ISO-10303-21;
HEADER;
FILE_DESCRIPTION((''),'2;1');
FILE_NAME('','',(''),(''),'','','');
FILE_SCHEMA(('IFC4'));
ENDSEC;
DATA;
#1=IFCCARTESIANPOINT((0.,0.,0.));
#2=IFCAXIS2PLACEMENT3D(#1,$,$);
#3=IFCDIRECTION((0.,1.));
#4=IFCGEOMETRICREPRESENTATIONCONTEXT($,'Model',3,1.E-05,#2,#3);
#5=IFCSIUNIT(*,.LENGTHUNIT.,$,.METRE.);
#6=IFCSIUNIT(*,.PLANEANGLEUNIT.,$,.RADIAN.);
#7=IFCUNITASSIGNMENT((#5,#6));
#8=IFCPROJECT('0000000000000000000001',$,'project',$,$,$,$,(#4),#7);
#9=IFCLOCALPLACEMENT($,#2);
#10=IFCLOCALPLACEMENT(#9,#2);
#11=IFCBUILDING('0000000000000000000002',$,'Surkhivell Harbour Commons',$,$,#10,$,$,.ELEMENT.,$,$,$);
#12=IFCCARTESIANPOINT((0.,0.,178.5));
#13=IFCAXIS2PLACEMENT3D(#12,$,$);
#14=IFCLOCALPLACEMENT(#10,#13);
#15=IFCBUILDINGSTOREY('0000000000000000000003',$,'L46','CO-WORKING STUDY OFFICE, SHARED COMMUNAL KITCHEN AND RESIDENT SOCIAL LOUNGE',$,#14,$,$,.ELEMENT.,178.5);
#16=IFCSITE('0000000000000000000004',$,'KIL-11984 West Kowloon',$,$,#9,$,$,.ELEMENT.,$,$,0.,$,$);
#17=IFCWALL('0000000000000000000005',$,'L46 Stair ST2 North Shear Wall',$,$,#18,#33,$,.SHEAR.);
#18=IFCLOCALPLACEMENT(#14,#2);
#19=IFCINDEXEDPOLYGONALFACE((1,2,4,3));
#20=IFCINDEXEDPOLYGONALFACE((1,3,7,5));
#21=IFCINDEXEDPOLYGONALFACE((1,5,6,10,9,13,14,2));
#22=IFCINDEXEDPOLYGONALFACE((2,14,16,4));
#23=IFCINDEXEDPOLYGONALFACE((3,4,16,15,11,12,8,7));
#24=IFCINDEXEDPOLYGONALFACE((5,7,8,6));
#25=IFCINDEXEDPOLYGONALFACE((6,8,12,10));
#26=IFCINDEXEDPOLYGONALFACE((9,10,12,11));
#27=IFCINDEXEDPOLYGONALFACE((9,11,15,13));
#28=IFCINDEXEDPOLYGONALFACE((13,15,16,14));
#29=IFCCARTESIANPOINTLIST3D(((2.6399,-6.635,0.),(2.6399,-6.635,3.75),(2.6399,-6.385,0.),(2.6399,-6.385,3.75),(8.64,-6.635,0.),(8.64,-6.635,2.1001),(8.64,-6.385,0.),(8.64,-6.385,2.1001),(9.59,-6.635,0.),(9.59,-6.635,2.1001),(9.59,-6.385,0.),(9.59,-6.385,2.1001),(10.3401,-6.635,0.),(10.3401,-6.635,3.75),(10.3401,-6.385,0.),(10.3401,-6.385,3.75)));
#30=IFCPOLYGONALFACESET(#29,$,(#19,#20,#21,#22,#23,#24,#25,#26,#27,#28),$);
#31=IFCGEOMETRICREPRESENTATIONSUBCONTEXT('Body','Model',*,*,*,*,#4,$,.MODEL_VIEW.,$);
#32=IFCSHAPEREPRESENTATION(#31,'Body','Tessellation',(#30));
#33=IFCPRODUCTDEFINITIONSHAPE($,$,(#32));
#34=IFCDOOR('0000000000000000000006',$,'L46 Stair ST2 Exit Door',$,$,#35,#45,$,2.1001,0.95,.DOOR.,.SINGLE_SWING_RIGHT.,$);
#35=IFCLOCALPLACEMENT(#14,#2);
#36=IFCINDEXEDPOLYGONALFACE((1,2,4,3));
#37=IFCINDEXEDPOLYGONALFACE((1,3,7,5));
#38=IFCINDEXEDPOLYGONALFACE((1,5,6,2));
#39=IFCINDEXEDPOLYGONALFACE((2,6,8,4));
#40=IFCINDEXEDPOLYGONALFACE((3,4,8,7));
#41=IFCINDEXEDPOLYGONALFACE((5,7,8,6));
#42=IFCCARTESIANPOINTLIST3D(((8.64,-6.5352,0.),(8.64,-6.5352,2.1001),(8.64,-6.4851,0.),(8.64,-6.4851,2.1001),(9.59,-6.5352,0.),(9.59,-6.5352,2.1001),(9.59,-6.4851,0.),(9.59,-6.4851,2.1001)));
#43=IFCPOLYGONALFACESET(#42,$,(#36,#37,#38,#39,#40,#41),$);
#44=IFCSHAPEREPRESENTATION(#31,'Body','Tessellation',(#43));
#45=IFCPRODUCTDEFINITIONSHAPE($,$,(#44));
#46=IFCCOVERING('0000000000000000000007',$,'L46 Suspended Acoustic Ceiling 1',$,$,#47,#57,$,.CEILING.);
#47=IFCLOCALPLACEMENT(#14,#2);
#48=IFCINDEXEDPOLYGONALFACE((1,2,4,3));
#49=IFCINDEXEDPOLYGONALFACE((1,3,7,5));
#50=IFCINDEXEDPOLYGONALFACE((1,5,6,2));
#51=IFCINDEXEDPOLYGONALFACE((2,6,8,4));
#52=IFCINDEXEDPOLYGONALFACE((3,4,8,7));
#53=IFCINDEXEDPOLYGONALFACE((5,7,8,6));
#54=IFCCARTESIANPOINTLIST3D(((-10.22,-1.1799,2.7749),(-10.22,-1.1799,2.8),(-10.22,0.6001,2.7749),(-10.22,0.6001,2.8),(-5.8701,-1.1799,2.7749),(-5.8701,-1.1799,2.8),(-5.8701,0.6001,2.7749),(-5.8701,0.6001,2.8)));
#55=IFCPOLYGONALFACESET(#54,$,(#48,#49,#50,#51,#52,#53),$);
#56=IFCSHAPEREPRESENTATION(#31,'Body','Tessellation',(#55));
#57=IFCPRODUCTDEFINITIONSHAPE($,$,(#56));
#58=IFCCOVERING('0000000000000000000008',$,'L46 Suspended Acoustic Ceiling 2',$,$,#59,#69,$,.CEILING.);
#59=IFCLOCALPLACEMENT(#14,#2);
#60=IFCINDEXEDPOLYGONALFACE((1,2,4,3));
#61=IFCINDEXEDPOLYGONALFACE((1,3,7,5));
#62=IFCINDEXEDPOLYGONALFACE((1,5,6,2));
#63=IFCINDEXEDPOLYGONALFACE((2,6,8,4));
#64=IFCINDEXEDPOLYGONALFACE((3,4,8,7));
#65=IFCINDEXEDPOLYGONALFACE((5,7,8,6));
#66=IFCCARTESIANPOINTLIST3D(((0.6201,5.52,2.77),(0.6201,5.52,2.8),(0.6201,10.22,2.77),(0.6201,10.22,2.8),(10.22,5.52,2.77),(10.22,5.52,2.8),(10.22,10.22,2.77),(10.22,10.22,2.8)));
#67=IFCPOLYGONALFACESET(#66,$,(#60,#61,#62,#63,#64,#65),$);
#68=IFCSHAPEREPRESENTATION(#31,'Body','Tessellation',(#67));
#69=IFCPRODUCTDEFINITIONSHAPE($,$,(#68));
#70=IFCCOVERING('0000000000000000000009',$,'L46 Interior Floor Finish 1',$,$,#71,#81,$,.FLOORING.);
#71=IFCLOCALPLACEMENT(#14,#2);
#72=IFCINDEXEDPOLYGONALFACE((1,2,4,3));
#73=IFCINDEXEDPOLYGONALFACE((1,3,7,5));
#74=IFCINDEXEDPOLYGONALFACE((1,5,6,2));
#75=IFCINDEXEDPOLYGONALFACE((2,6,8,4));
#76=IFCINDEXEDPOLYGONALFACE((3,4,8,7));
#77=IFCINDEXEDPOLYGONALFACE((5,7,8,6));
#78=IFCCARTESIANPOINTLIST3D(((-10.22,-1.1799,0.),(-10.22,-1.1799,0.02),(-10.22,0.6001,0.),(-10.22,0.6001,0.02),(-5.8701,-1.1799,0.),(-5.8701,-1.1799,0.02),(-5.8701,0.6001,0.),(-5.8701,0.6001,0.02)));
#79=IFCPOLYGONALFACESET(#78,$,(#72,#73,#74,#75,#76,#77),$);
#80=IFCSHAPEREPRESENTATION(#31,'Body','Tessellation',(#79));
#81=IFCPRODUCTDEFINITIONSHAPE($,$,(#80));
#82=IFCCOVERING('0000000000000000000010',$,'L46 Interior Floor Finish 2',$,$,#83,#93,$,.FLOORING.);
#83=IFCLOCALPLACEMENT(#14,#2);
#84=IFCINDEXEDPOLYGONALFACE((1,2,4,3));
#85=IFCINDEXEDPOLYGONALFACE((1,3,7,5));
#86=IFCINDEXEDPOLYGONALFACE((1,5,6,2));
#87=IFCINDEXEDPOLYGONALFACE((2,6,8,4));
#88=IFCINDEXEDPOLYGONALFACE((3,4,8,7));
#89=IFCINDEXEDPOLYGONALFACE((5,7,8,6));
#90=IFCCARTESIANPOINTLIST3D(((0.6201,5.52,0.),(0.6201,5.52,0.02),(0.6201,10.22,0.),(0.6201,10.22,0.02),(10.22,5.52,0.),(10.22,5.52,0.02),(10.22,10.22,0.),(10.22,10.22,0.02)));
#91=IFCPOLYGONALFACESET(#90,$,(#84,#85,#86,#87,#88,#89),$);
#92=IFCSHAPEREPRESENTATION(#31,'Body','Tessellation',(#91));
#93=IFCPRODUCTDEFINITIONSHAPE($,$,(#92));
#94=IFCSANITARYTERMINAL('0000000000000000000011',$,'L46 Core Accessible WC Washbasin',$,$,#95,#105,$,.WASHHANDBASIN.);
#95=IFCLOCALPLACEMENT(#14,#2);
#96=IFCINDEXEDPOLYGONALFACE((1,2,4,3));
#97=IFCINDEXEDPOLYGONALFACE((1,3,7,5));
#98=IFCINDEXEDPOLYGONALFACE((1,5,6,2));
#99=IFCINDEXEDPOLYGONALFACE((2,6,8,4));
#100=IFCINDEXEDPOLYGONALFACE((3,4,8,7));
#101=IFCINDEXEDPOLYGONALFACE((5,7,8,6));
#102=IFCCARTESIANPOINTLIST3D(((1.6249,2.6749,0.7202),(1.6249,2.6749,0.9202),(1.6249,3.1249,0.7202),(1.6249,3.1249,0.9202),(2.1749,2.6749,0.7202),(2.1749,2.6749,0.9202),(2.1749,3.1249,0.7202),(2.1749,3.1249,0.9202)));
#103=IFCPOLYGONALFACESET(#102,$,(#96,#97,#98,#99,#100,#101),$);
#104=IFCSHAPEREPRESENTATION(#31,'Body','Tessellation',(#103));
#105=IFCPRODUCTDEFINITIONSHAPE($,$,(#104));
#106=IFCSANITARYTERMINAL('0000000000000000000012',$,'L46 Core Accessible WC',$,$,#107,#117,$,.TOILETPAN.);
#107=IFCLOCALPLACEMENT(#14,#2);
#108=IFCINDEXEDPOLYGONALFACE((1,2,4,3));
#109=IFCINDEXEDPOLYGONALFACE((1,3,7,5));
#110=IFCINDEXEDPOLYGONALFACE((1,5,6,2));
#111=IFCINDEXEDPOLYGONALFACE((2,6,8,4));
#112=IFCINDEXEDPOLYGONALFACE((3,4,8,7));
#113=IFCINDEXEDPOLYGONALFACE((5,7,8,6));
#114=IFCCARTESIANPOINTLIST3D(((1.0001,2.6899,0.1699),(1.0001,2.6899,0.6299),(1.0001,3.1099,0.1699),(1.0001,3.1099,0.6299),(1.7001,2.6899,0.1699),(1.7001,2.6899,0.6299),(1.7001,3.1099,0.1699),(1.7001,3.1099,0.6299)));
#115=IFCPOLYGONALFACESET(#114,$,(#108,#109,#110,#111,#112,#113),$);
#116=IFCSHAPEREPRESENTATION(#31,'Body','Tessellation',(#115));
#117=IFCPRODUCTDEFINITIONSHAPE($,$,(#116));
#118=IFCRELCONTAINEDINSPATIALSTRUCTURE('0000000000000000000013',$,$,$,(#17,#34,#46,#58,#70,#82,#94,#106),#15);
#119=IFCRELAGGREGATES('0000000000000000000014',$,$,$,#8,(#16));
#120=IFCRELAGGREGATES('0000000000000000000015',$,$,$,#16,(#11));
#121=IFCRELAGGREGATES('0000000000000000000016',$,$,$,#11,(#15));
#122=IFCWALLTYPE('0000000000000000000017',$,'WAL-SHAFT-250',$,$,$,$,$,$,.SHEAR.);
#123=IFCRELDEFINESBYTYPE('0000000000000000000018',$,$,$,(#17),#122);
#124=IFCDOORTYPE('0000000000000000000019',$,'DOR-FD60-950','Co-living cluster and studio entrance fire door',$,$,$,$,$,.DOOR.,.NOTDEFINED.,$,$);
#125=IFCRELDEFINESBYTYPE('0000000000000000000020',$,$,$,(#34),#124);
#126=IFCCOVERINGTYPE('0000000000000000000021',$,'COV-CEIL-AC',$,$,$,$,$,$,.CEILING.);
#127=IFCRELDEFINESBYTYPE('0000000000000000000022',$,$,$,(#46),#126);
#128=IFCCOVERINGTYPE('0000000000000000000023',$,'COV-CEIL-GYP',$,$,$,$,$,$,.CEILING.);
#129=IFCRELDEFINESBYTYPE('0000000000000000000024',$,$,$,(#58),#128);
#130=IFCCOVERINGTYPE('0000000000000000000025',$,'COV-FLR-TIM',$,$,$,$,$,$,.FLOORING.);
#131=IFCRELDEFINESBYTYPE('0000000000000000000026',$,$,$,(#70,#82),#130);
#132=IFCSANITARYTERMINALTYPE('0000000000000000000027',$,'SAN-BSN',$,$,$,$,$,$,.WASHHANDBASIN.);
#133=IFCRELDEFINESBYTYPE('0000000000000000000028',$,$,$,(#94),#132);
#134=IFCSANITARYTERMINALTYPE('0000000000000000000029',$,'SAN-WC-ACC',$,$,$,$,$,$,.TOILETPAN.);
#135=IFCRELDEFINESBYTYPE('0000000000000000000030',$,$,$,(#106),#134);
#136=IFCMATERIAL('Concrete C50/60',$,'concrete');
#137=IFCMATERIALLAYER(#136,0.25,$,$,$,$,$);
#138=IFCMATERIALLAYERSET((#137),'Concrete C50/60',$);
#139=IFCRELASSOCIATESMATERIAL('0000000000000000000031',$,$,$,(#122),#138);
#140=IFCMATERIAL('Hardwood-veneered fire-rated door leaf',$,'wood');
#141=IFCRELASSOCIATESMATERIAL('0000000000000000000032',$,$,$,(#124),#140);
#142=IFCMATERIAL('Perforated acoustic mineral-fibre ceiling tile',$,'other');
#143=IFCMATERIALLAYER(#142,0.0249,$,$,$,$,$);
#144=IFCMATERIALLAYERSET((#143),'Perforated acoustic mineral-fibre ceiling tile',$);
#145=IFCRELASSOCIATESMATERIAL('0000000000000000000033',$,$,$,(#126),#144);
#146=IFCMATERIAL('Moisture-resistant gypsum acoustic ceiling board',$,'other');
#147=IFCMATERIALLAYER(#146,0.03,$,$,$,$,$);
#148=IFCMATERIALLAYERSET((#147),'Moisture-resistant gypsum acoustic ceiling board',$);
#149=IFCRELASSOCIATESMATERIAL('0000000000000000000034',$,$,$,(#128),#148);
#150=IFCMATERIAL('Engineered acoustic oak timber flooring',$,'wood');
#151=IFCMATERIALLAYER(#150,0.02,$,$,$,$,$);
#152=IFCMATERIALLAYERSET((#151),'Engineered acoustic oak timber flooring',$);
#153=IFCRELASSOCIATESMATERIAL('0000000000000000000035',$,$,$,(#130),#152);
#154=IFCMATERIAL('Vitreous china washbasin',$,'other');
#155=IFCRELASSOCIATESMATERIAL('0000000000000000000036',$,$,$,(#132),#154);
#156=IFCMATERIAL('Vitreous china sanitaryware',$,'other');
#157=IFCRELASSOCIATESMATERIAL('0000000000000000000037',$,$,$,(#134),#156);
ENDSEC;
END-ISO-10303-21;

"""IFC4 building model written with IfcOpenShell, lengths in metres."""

from ifc_helpers import new_model, si_unit, direction, frame, frame_2d, origin, origin_2d, place, context, subcontext, project, spatial, polyline, rectangle, outline, extrude, material, layer, layer_set, type_object, element, fill, save


model = new_model("IFC4")

# Units and contexts
model_context = context("Model", 3, precision=1e-05, world=origin(), true_north=direction((0.0, 1.0)))
body_context = subcontext(model_context, "Body", "Model", "MODEL_VIEW")
ifc_project = project(units=[si_unit("LENGTHUNIT", "METRE"), si_unit("PLANEANGLEUNIT", "RADIAN")], contexts=[model_context])

# Site, building, storey
site_placement = place(None, origin())
site = spatial("IfcSite", under=ifc_project, at=site_placement, Name="KIL-11984 West Kowloon", CompositionType="ELEMENT", RefElevation=0.0)
building_placement = place(site_placement, origin())
building = spatial("IfcBuilding", under=site, at=building_placement, Name="Surkhivell Harbour Commons", CompositionType="ELEMENT")
storey_placement = place(building_placement, frame((0.0, 0.0, 178.5)))
storey = spatial("IfcBuildingStorey", under=building, at=storey_placement, Name="L46", Description="CO-WORKING STUDY OFFICE, SHARED COMMUNAL KITCHEN AND RESIDENT SOCIAL LOUNGE", CompositionType="ELEMENT", Elevation=178.5)

# Shared definitions
ifc_material_1 = material(Name="Hardwood-veneered fire-rated door leaf", Category="wood")

# Shared definitions
ifc_material_2 = material(Name="Concrete C50/60", Category="concrete")
ifc_layer_1 = layer(ifc_material_2, 0.25)
ifc_layer_set_1 = layer_set([ifc_layer_1], Name="Concrete C50/60")
wall_type_1 = type_object("IfcWallType", Name="WAL-SHAFT-250", PredefinedType="SHEAR", material=ifc_layer_set_1)

# Wall, opening, door
wall_1_placement = place(storey_placement, frame((2.6399, -6.51, 0.0), z_axis=(0.0, 0.0, 1.0), x_axis=(1.0, 0.0, 0.0)))
wall_1 = element("IfcWall", 1, at=wall_1_placement, inside=storey, type_object=wall_type_1, Name="L46 Stair ST2 North Shear Wall", PredefinedType="SHEAR", context=body_context, shape_type="SweptSolid", body=[
    extrude(rectangle(XDim=7.7002, YDim=0.25, at=frame_2d((3.8501, 0.0))), origin(), (0.0, 0.0, 1.0), 3.75),
])
opening_1_placement = place(wall_1_placement, frame((6.0, 0.0, 0.0)))
opening_1 = element("IfcOpeningElement", 2, at=opening_1_placement, cuts=wall_1, PredefinedType="OPENING", context=body_context, shape_type="SweptSolid", body=[
    extrude(rectangle(XDim=0.95, YDim=2.1001, at=frame_2d((0.4751, 1.05))), frame((0.0, 0.135, 0.0), z_axis=(0.0, -1.0, 0.0), x_axis=(1.0, 0.0, 0.0)), (0.0, 0.0, 1.0), 0.27),
])
door_type_1 = type_object("IfcDoorType", Name="DOR-FD60-950", Description="Co-living cluster and studio entrance fire door", OperationType="NOTDEFINED", PredefinedType="DOOR", material=ifc_material_1)
door_1_placement = place(opening_1_placement, origin())
door_1 = element("IfcDoor", 3, at=door_1_placement, inside=storey, type_object=door_type_1, Name="L46 Stair ST2 Exit Door", OperationType="SINGLE_SWING_RIGHT", OverallHeight=2.1001, OverallWidth=0.95, PredefinedType="DOOR", context=body_context, shape_type="SweptSolid", body=[
    extrude(rectangle(XDim=0.95, YDim=2.1001, at=frame_2d((0.4751, 1.05))), frame((0.0, 0.0249, 0.0), z_axis=(0.0, -1.0, 0.0), x_axis=(1.0, 0.0, 0.0)), (0.0, 0.0, 1.0), 0.05),
])
fill(opening_1, door_1)

# Coverings
ifc_material_3 = material(Name="Perforated acoustic mineral-fibre ceiling tile", Category="other")
ifc_layer_2 = layer(ifc_material_3, 0.0249)
ifc_layer_set_2 = layer_set([ifc_layer_2], Name="Perforated acoustic mineral-fibre ceiling tile")
covering_type_1 = type_object("IfcCoveringType", Name="COV-CEIL-AC", PredefinedType="CEILING", material=ifc_layer_set_2)
covering_1_placement = place(storey_placement, frame((0.0, 0.0, 2.7749)))
element("IfcCovering", 4, at=covering_1_placement, inside=storey, type_object=covering_type_1, Name="L46 Suspended Acoustic Ceiling 1", PredefinedType="CEILING", context=body_context, shape_type="SweptSolid", body=[
    extrude(outline(polyline([(-10.22, -1.1799), (-5.8701, -1.1799), (-5.8701, 0.6001), (-10.22, 0.6001), (-10.22, -1.1799)])), origin(), (0.0, 0.0, 1.0), 0.0251),
])
ifc_material_4 = material(Name="Moisture-resistant gypsum acoustic ceiling board", Category="other")
ifc_layer_3 = layer(ifc_material_4, 0.03)
ifc_layer_set_3 = layer_set([ifc_layer_3], Name="Moisture-resistant gypsum acoustic ceiling board")
covering_type_2 = type_object("IfcCoveringType", Name="COV-CEIL-GYP", PredefinedType="CEILING", material=ifc_layer_set_3)
covering_2_placement = place(storey_placement, frame((0.0, 0.0, 2.77)))
element("IfcCovering", 5, at=covering_2_placement, inside=storey, type_object=covering_type_2, Name="L46 Suspended Acoustic Ceiling 2", PredefinedType="CEILING", context=body_context, shape_type="SweptSolid", body=[
    extrude(outline(polyline([(0.6201, 5.52), (10.22, 5.52), (10.22, 10.22), (0.6201, 10.22), (0.6201, 5.52)])), origin(), (0.0, 0.0, 1.0), 0.03),
])
ifc_material_5 = material(Name="Engineered acoustic oak timber flooring", Category="wood")
ifc_layer_4 = layer(ifc_material_5, 0.02)
ifc_layer_set_4 = layer_set([ifc_layer_4], Name="Engineered acoustic oak timber flooring")
covering_type_3 = type_object("IfcCoveringType", Name="COV-FLR-TIM", PredefinedType="FLOORING", material=ifc_layer_set_4)
covering_3_placement = place(storey_placement, origin())
element("IfcCovering", 6, at=covering_3_placement, inside=storey, type_object=covering_type_3, Name="L46 Interior Floor Finish 1", PredefinedType="FLOORING", context=body_context, shape_type="SweptSolid", body=[
    extrude(outline(polyline([(-10.22, -1.1799), (-5.8701, -1.1799), (-5.8701, 0.6001), (-10.22, 0.6001), (-10.22, -1.1799)])), origin(), (0.0, 0.0, 1.0), 0.02),
])
covering_4_placement = place(storey_placement, origin())
element("IfcCovering", 7, at=covering_4_placement, inside=storey, type_object=covering_type_3, Name="L46 Interior Floor Finish 2", PredefinedType="FLOORING", context=body_context, shape_type="SweptSolid", body=[
    extrude(outline(polyline([(0.6201, 5.52), (10.22, 5.52), (10.22, 10.22), (0.6201, 10.22), (0.6201, 5.52)])), origin(), (0.0, 0.0, 1.0), 0.02),
])

# Sanitary terminals
ifc_material_6 = material(Name="Vitreous china washbasin", Category="other")
sanitary_terminal_type_1 = type_object("IfcSanitaryTerminalType", Name="SAN-BSN", PredefinedType="WASHHANDBASIN", material=ifc_material_6)
sanitary_terminal_1_placement = place(storey_placement, frame((1.8999, 2.8999, 0.7202), z_axis=(0.0, 0.0, 1.0), x_axis=(1.0, 0.0, 0.0)))
element("IfcSanitaryTerminal", 8, at=sanitary_terminal_1_placement, inside=storey, type_object=sanitary_terminal_type_1, Name="L46 Core Accessible WC Washbasin", PredefinedType="WASHHANDBASIN", context=body_context, shape_type="SweptSolid", body=[
    extrude(rectangle(XDim=0.55, YDim=0.45, at=origin_2d()), origin(), (0.0, 0.0, 1.0), 0.2),
])
ifc_material_7 = material(Name="Vitreous china sanitaryware", Category="other")
sanitary_terminal_type_2 = type_object("IfcSanitaryTerminalType", Name="SAN-WC-ACC", PredefinedType="TOILETPAN", material=ifc_material_7)
sanitary_terminal_2_placement = place(storey_placement, frame((1.3501, 2.8999, 0.1699), z_axis=(0.0, 0.0, 1.0), x_axis=(1.0, 0.0, 0.0)))
element("IfcSanitaryTerminal", 9, at=sanitary_terminal_2_placement, inside=storey, type_object=sanitary_terminal_type_2, Name="L46 Core Accessible WC", PredefinedType="TOILETPAN", context=body_context, shape_type="SweptSolid", body=[
    extrude(rectangle(XDim=0.7, YDim=0.4199, at=origin_2d()), origin(), (0.0, 0.0, 1.0), 0.46),
])

save(model, "model.ifc")
